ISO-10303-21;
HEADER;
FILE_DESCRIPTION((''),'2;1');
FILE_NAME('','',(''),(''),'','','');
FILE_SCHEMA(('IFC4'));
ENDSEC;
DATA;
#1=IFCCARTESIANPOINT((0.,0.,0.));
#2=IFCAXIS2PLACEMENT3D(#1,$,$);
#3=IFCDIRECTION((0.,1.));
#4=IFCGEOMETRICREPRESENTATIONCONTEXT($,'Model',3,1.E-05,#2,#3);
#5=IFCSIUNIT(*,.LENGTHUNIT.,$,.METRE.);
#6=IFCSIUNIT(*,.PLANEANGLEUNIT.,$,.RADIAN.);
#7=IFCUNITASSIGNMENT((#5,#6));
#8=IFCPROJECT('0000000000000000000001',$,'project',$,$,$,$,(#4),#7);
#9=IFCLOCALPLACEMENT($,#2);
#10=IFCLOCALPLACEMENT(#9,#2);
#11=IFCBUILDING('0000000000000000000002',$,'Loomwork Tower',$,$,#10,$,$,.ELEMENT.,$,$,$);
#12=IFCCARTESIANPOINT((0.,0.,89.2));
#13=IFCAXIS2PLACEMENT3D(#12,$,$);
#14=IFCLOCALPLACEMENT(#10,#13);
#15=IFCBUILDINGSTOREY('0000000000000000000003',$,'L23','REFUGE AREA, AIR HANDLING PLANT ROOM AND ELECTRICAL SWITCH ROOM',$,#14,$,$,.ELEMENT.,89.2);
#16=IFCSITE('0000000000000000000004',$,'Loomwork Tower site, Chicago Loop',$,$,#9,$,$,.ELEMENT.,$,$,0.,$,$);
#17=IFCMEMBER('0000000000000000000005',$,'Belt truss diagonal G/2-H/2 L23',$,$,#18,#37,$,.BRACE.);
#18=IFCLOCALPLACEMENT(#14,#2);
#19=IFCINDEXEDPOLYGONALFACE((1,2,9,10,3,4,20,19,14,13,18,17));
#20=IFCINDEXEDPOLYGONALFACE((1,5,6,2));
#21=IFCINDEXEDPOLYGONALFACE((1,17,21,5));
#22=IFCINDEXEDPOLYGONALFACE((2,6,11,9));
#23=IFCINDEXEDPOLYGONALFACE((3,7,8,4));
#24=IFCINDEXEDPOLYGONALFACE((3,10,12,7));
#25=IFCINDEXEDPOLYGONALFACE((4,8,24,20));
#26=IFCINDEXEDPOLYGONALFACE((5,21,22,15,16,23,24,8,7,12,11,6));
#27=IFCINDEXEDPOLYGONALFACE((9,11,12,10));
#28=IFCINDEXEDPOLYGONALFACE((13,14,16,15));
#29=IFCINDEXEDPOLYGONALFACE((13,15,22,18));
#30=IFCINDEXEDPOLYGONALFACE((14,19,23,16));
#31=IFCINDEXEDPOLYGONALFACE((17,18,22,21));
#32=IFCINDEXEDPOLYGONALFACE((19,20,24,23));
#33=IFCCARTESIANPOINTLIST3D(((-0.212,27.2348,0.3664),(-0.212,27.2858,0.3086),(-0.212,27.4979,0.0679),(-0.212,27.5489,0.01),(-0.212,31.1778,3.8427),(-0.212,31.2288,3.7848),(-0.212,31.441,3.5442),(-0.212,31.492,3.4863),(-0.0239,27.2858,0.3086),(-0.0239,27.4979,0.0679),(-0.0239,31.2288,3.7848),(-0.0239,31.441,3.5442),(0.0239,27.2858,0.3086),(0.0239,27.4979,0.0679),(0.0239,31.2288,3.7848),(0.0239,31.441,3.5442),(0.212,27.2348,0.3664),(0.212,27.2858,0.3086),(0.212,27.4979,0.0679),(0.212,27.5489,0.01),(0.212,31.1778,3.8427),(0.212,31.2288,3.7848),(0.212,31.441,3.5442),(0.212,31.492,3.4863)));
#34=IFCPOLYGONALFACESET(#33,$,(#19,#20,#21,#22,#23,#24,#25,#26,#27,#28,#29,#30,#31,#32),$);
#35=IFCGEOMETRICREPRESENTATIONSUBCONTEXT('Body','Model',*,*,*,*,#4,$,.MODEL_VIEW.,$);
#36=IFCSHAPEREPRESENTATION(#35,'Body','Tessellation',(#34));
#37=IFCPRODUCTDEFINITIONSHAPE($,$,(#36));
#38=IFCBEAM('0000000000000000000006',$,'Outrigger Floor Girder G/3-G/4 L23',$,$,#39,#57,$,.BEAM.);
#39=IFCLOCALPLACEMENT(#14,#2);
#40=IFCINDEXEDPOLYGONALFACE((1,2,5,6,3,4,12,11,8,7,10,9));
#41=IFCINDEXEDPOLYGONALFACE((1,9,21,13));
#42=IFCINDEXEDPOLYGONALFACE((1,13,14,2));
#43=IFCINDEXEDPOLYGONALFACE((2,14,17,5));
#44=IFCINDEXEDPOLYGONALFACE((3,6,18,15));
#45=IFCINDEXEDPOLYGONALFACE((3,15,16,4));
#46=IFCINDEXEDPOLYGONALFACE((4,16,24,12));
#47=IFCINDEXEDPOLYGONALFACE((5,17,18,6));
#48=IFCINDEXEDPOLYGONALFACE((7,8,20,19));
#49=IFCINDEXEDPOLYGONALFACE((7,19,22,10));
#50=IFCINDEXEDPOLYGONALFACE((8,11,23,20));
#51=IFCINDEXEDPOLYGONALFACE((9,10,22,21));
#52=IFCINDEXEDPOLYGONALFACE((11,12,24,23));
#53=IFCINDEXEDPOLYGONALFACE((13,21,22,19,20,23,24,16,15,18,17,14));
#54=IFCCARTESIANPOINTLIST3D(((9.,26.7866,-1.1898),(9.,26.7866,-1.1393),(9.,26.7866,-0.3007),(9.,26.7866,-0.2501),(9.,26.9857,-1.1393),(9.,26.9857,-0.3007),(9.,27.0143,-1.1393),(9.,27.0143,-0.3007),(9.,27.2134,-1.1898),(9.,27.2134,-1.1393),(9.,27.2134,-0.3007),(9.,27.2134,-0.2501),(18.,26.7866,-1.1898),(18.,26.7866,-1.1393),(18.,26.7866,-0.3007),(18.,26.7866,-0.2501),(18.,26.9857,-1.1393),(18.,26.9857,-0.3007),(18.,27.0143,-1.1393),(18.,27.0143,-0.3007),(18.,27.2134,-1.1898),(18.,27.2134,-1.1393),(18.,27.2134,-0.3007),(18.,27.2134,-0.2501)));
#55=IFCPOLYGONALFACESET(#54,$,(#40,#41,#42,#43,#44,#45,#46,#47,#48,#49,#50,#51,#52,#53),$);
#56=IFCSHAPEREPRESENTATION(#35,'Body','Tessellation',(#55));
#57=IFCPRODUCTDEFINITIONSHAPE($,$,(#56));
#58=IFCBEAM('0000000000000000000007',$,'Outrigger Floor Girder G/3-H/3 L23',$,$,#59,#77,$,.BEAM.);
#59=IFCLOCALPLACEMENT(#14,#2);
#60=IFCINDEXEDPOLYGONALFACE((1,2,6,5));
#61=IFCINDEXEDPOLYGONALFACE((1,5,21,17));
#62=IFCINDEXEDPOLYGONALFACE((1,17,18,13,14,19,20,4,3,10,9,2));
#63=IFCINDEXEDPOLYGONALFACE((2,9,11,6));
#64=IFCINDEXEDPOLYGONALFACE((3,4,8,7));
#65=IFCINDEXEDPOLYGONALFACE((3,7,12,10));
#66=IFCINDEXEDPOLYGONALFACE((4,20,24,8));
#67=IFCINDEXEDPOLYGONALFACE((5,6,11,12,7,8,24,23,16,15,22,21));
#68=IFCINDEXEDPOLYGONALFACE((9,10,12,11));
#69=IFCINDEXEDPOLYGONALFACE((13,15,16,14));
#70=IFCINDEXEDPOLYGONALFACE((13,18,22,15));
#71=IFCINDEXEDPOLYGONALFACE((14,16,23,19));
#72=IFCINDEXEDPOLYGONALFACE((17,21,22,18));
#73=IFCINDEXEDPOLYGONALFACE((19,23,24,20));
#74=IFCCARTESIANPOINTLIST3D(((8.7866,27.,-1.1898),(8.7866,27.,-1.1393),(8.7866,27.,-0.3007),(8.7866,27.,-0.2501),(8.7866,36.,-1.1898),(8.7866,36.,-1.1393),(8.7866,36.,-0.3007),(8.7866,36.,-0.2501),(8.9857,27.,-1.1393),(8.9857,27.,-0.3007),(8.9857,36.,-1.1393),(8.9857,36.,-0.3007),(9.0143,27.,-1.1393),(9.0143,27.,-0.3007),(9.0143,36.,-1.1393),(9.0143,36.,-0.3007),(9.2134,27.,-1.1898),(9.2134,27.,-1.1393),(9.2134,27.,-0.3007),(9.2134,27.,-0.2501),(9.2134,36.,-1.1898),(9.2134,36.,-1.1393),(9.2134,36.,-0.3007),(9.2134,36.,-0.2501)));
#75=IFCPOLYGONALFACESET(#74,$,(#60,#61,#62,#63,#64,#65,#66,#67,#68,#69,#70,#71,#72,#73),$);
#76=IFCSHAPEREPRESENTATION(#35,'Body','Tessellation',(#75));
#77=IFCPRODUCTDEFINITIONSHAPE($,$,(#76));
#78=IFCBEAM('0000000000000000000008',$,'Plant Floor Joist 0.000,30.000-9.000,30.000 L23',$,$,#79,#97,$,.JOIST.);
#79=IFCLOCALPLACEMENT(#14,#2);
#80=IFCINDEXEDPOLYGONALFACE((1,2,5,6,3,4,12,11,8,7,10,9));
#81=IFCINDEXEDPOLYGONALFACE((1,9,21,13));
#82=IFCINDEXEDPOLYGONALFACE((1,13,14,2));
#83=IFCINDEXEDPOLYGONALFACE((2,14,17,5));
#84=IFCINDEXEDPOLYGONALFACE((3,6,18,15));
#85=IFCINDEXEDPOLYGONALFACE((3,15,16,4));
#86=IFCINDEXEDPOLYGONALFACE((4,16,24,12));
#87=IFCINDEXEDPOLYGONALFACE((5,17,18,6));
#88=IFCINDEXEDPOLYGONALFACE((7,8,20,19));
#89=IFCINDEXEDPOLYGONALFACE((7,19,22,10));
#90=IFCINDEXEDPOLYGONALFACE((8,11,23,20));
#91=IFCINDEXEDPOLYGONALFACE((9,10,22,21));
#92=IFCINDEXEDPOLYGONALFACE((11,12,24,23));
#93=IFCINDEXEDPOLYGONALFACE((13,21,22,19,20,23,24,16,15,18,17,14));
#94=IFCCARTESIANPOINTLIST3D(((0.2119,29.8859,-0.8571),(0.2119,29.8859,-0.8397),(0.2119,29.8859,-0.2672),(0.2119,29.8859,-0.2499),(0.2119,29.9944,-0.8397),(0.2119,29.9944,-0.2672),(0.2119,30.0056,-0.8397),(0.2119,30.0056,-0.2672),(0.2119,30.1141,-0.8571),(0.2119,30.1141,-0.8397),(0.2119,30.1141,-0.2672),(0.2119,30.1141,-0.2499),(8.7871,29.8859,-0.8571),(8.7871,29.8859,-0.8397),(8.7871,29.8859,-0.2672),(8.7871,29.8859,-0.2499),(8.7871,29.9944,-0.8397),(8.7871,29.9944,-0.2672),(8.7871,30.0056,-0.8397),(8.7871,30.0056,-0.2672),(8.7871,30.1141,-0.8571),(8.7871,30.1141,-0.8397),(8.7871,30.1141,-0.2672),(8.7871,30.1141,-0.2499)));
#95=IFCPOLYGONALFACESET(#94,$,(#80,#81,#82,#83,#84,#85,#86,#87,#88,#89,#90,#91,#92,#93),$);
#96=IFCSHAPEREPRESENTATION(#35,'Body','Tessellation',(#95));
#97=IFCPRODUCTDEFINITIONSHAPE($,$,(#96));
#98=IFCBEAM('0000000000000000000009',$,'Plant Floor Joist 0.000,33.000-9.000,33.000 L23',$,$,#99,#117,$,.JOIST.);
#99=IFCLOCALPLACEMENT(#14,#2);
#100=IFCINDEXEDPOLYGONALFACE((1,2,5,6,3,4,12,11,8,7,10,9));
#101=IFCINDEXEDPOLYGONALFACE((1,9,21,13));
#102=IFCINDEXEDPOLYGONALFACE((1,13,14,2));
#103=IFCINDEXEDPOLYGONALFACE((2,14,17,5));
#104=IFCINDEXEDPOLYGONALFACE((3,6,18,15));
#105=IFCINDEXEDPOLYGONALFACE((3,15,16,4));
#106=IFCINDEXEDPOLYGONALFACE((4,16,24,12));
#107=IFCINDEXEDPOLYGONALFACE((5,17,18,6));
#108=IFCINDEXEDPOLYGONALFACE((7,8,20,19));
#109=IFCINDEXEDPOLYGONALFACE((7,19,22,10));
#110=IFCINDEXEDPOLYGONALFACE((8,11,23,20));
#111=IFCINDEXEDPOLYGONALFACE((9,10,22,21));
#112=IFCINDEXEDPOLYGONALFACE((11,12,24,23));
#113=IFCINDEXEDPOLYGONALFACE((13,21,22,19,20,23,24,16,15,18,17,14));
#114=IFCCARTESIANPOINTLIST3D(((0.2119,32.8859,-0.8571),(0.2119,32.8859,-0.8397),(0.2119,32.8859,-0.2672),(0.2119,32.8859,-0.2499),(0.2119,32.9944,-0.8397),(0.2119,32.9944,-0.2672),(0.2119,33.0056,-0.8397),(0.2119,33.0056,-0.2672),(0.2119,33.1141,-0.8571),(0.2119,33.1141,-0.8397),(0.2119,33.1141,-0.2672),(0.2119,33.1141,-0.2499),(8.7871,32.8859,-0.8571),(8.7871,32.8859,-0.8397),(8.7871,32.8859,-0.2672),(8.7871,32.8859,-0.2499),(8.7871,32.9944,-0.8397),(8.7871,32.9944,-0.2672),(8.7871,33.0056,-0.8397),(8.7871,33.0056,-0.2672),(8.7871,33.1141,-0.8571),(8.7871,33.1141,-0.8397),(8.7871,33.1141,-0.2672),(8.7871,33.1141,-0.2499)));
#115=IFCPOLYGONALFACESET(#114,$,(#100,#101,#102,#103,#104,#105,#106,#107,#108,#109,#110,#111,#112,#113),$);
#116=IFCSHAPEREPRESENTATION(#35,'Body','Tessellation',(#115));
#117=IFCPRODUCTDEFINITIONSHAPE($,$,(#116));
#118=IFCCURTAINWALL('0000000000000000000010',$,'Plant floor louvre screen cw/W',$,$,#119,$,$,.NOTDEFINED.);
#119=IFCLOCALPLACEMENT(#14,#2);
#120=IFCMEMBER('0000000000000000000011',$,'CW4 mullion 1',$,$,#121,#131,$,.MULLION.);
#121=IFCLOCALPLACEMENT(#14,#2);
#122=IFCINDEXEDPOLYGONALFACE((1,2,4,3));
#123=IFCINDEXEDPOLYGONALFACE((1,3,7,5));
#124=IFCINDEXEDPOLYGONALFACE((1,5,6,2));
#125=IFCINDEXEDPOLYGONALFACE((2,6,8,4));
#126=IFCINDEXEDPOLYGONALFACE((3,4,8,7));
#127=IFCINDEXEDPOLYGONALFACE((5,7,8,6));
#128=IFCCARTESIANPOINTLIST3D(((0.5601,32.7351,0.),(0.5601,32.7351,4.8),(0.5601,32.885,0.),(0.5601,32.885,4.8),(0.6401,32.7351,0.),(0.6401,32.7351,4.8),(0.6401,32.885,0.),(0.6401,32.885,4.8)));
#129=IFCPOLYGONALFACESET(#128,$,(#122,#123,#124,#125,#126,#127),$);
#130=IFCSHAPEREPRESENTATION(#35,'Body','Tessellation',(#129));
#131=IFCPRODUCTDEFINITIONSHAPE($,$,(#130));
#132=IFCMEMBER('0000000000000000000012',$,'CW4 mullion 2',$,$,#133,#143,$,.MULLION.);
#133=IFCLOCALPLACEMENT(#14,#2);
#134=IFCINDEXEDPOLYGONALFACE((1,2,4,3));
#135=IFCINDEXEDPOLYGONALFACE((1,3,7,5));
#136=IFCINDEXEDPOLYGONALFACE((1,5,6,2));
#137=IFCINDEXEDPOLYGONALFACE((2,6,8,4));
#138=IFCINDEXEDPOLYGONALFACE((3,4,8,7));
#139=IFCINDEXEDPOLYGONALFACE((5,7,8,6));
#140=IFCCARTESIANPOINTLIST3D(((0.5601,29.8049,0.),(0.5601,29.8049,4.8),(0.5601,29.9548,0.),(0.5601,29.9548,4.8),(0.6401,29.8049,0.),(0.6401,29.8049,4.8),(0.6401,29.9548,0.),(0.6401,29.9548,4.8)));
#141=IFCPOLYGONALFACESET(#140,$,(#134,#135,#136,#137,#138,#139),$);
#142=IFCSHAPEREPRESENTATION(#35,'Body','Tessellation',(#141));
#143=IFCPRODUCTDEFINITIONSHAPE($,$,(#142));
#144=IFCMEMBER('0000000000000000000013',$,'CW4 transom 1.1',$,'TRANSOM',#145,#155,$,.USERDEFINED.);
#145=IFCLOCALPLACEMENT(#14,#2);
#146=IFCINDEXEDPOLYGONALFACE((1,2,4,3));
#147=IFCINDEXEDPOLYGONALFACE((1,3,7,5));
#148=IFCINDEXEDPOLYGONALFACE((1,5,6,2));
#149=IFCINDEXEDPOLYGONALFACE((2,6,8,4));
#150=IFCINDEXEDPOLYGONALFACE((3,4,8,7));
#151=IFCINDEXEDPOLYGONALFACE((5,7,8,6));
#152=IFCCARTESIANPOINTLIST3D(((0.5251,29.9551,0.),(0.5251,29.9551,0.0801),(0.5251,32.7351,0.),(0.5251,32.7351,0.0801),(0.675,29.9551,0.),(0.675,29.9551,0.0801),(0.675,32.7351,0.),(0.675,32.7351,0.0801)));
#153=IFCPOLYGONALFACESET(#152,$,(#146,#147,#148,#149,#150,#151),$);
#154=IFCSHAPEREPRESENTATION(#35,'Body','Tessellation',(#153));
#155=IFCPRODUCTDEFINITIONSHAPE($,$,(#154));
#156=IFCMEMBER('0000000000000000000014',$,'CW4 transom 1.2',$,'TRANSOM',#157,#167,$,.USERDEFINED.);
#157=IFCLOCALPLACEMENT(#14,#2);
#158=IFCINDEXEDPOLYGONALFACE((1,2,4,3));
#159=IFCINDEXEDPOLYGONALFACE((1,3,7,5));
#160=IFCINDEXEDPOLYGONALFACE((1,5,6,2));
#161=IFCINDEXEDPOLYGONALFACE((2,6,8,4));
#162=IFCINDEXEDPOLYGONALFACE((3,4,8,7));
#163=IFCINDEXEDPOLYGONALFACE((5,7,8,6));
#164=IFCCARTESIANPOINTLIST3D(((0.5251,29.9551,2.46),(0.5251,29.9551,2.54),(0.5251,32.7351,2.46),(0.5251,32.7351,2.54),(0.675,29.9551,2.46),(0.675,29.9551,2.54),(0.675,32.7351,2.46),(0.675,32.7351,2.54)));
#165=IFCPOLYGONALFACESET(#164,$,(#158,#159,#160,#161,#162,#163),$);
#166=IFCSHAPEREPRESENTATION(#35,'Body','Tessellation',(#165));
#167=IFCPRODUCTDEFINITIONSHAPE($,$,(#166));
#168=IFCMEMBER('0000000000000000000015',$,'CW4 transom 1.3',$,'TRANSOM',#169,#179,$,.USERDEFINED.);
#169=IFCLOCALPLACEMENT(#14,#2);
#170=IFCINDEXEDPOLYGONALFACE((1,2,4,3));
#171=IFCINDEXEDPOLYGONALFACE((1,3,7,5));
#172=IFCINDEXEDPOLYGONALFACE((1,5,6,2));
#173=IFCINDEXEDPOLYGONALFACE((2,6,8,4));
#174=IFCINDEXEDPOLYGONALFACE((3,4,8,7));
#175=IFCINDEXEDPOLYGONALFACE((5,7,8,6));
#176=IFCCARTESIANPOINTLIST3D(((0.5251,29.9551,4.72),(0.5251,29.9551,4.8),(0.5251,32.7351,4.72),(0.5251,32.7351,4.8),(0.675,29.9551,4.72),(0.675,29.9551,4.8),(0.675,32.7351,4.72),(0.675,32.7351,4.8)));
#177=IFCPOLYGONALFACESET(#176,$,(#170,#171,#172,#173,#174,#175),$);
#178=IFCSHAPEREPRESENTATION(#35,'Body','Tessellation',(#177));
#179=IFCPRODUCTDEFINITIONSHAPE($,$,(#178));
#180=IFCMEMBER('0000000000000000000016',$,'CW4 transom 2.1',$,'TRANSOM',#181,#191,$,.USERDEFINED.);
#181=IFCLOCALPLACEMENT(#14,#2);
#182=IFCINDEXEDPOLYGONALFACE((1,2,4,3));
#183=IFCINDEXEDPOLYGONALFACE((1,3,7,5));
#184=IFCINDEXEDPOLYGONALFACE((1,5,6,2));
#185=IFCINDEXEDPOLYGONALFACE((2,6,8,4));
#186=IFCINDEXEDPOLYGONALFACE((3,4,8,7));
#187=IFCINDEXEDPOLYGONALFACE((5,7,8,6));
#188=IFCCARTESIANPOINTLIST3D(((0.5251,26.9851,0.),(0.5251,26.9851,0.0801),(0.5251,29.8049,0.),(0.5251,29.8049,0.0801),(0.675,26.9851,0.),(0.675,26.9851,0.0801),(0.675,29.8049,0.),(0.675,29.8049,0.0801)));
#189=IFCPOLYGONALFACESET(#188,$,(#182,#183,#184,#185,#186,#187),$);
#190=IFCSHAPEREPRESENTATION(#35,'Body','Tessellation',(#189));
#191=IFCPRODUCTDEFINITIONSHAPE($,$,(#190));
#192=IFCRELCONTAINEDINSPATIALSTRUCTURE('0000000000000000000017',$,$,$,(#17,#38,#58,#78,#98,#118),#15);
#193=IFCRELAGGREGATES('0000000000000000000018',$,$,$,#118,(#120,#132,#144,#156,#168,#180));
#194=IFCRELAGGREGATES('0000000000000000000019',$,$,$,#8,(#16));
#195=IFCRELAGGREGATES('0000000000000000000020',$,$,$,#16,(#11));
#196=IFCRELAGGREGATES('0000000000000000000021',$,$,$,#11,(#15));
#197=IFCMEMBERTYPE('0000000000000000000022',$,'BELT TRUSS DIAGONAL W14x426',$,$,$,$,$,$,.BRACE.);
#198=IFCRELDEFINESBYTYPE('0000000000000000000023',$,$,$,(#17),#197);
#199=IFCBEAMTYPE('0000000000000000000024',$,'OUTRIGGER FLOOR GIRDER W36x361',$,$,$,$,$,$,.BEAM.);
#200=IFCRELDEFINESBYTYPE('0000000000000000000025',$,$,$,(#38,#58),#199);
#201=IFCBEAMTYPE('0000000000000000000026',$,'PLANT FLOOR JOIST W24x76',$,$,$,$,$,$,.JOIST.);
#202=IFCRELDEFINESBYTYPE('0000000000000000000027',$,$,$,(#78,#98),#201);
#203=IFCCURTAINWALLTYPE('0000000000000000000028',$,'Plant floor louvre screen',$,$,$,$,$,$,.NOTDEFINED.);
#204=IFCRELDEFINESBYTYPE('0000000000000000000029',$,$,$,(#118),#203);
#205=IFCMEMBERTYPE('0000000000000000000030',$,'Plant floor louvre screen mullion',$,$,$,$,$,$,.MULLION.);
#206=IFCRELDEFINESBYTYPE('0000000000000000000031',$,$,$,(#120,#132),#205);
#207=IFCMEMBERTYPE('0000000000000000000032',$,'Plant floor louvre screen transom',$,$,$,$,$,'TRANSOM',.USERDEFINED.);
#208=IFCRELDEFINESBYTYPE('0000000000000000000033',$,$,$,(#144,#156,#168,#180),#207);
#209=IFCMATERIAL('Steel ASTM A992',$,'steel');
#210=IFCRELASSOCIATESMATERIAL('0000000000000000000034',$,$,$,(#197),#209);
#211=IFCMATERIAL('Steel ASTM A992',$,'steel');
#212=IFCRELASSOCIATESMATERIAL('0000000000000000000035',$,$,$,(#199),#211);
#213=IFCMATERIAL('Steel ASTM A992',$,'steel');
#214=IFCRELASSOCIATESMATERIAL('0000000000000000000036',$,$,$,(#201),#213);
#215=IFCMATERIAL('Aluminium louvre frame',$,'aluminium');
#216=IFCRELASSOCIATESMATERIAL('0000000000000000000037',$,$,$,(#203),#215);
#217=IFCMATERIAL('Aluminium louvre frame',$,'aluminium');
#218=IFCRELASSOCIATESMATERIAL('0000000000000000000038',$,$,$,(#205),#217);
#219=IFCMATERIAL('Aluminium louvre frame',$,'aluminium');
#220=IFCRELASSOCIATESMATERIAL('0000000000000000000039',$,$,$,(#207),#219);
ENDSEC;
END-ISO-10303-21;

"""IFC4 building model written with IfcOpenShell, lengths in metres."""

from ifc_helpers import new_model, si_unit, direction, frame, origin, origin_2d, place, context, subcontext, project, spatial, rectangle, i_section, extrude, material, material_profile, profile_set, type_object, element, aggregate, save


model = new_model("IFC4")

# Units and contexts
model_context = context("Model", 3, precision=1e-05, world=origin(), true_north=direction((0.0, 1.0)))
body_context = subcontext(model_context, "Body", "Model", "MODEL_VIEW")
ifc_project = project(units=[si_unit("LENGTHUNIT", "METRE"), si_unit("PLANEANGLEUNIT", "RADIAN")], contexts=[model_context])

# Site, building, storey
site_placement = place(None, origin())
site = spatial("IfcSite", under=ifc_project, at=site_placement, Name="Loomwork Tower site, Chicago Loop", CompositionType="ELEMENT", RefElevation=0.0)
building_placement = place(site_placement, origin())
building = spatial("IfcBuilding", under=site, at=building_placement, Name="Loomwork Tower", CompositionType="ELEMENT")
storey_placement = place(building_placement, frame((0.0, 0.0, 89.2)))
storey = spatial("IfcBuildingStorey", under=building, at=storey_placement, Name="L23", Description="REFUGE AREA, AIR HANDLING PLANT ROOM AND ELECTRICAL SWITCH ROOM", CompositionType="ELEMENT", Elevation=89.2)

# Member
ifc_material_1 = material(Name="Steel ASTM A992", Category="steel")
ifc_material_profile_1 = material_profile(ifc_material_1, i_section(OverallWidth=0.4241, OverallDepth=0.4751, WebThickness=0.0479, FlangeThickness=0.0771, at=origin_2d()), Name="W14x426")
ifc_profile_set_1 = profile_set([ifc_material_profile_1], Name="Steel ASTM A992")
member_type_1 = type_object("IfcMemberType", Name="BELT TRUSS DIAGONAL W14x426", PredefinedType="BRACE", material=ifc_profile_set_1)
member_1_placement = place(storey_placement, frame((0.0, 27.3918, 0.1882), z_axis=(0.0, 0.750112, 0.661311), x_axis=(-1.0, 0.0, 0.0)))
element("IfcMember", 1, at=member_1_placement, inside=storey, type_object=member_type_1, Name="Belt truss diagonal G/2-H/2 L23", PredefinedType="BRACE", context=body_context, shape_type="SweptSolid", body=[
    extrude(i_section(OverallWidth=0.4241, OverallDepth=0.4751, WebThickness=0.0479, FlangeThickness=0.0771, at=origin_2d()), origin(), (0.0, 0.0, 1.0), 5.2566),
])

# Beams
ifc_material_2 = material(Name="Steel ASTM A992", Category="steel")
ifc_material_profile_2 = material_profile(ifc_material_2, i_section(OverallWidth=0.4268, OverallDepth=0.9397, WebThickness=0.0286, FlangeThickness=0.0505, at=origin_2d()), Name="W36x361")
ifc_profile_set_2 = profile_set([ifc_material_profile_2], Name="Steel ASTM A992")
beam_type_1 = type_object("IfcBeamType", Name="OUTRIGGER FLOOR GIRDER W36x361", PredefinedType="BEAM", material=ifc_profile_set_2)
for number, where, z_axis, x_axis, name in (
    (2, (9.0, 27.0, -0.72), (1.0, 0.0, 0.0), (0.0, 1.0, 0.0), "Outrigger Floor Girder G/3-G/4 L23"),
    (3, (9.0, 27.0, -0.72), (0.0, 1.0, 0.0), (-1.0, 0.0, 0.0), "Outrigger Floor Girder G/3-H/3 L23"),
):
    element("IfcBeam", number, at=place(storey_placement, frame(where, z_axis=z_axis, x_axis=x_axis)), inside=storey, type_object=beam_type_1, Name=name, PredefinedType="BEAM", context=body_context, shape_type="SweptSolid", body=[
        extrude(i_section(OverallWidth=0.4268, OverallDepth=0.9397, WebThickness=0.0286, FlangeThickness=0.0505, at=origin_2d()), origin(), (0.0, 0.0, 1.0), 9.0),
    ])
ifc_material_3 = material(Name="Steel ASTM A992", Category="steel")
ifc_material_profile_3 = material_profile(ifc_material_3, i_section(OverallWidth=0.2283, OverallDepth=0.6072, WebThickness=0.0112, FlangeThickness=0.0173, at=origin_2d()), Name="W24x76")
ifc_profile_set_3 = profile_set([ifc_material_profile_3], Name="Steel ASTM A992")
beam_type_2 = type_object("IfcBeamType", Name="PLANT FLOOR JOIST W24x76", PredefinedType="JOIST", material=ifc_profile_set_3)
for number, where, z_axis, x_axis, name in (
    (4, (0.2119, 30.0, -0.5535), (1.0, 0.0, 0.0), (0.0, 1.0, 0.0), "Plant Floor Joist 0.000,30.000-9.000,30.000 L23"),
    (5, (0.2119, 33.0, -0.5535), (1.0, 0.0, 0.0), (0.0, 1.0, 0.0), "Plant Floor Joist 0.000,33.000-9.000,33.000 L23"),
):
    element("IfcBeam", number, at=place(storey_placement, frame(where, z_axis=z_axis, x_axis=x_axis)), inside=storey, type_object=beam_type_2, Name=name, PredefinedType="JOIST", context=body_context, shape_type="SweptSolid", body=[
        extrude(i_section(OverallWidth=0.2283, OverallDepth=0.6072, WebThickness=0.0112, FlangeThickness=0.0173, at=origin_2d()), origin(), (0.0, 0.0, 1.0), 8.5752),
    ])

# Curtain wall, members
ifc_material_4 = material(Name="Aluminium louvre frame", Category="aluminium")
curtain_wall_type = type_object("IfcCurtainWallType", Name="Plant floor louvre screen", PredefinedType="NOTDEFINED", material=ifc_material_4)
curtain_wall_placement = place(storey_placement, origin())
curtain_wall = element("IfcCurtainWall", 6, at=curtain_wall_placement, inside=storey, type_object=curtain_wall_type, Name="Plant floor louvre screen cw/W", PredefinedType="NOTDEFINED")
ifc_material_5 = material(Name="Aluminium louvre frame", Category="aluminium")
ifc_material_profile_4 = material_profile(ifc_material_5, rectangle(XDim=0.0801, YDim=0.1499, at=origin_2d()), Name="AL 80x150")
ifc_profile_set_4 = profile_set([ifc_material_profile_4], Name="Aluminium louvre frame")
member_type_2 = type_object("IfcMemberType", Name="Plant floor louvre screen mullion", PredefinedType="MULLION", material=ifc_profile_set_4)
member_2_placement = place(storey_placement, frame((0.6001, 32.8101, 0.0), z_axis=(0.0, 0.0, 1.0), x_axis=(1.0, 0.0, 0.0)))
member_2 = element("IfcMember", 7, at=member_2_placement, type_object=member_type_2, Name="CW4 mullion 1", PredefinedType="MULLION", context=body_context, shape_type="SweptSolid", body=[
    extrude(rectangle(XDim=0.0801, YDim=0.1499, at=origin_2d()), origin(), (0.0, 0.0, 1.0), 4.8),
])
member_3_placement = place(storey_placement, frame((0.6001, 29.8799, 0.0), z_axis=(0.0, 0.0, 1.0), x_axis=(1.0, 0.0, 0.0)))
member_3 = element("IfcMember", 8, at=member_3_placement, type_object=member_type_2, Name="CW4 mullion 2", PredefinedType="MULLION", context=body_context, shape_type="SweptSolid", body=[
    extrude(rectangle(XDim=0.0801, YDim=0.1499, at=origin_2d()), origin(), (0.0, 0.0, 1.0), 4.8),
])
ifc_material_6 = material(Name="Aluminium louvre frame", Category="aluminium")
ifc_material_profile_5 = material_profile(ifc_material_6, rectangle(XDim=0.1499, YDim=0.0801, at=origin_2d()), Name="AL 80x150")
ifc_profile_set_5 = profile_set([ifc_material_profile_5], Name="Aluminium louvre frame")
member_type_3 = type_object("IfcMemberType", Name="Plant floor louvre screen transom", ElementType="TRANSOM", PredefinedType="USERDEFINED", material=ifc_profile_set_5)
member_4_placement = place(storey_placement, frame((0.6001, 32.7351, 0.04), z_axis=(0.0, -1.0, 0.0), x_axis=(1.0, 0.0, 0.0)))
member_4 = element("IfcMember", 9, at=member_4_placement, type_object=member_type_3, Name="CW4 transom 1.1", ObjectType="TRANSOM", PredefinedType="USERDEFINED", context=body_context, shape_type="SweptSolid", body=[
    extrude(rectangle(XDim=0.1499, YDim=0.0801, at=origin_2d()), origin(), (0.0, 0.0, 1.0), 2.78),
])
member_5_placement = place(storey_placement, frame((0.6001, 32.7351, 2.5), z_axis=(0.0, -1.0, 0.0), x_axis=(1.0, 0.0, 0.0)))
member_5 = element("IfcMember", 10, at=member_5_placement, type_object=member_type_3, Name="CW4 transom 1.2", ObjectType="TRANSOM", PredefinedType="USERDEFINED", context=body_context, shape_type="SweptSolid", body=[
    extrude(rectangle(XDim=0.1499, YDim=0.0801, at=origin_2d()), origin(), (0.0, 0.0, 1.0), 2.78),
])
member_6_placement = place(storey_placement, frame((0.6001, 32.7351, 4.76), z_axis=(0.0, -1.0, 0.0), x_axis=(1.0, 0.0, 0.0)))
member_6 = element("IfcMember", 11, at=member_6_placement, type_object=member_type_3, Name="CW4 transom 1.3", ObjectType="TRANSOM", PredefinedType="USERDEFINED", context=body_context, shape_type="SweptSolid", body=[
    extrude(rectangle(XDim=0.1499, YDim=0.0801, at=origin_2d()), origin(), (0.0, 0.0, 1.0), 2.78),
])
member_7_placement = place(storey_placement, frame((0.6001, 29.8049, 0.04), z_axis=(0.0, -1.0, 0.0), x_axis=(1.0, 0.0, 0.0)))
member_7 = element("IfcMember", 12, at=member_7_placement, type_object=member_type_3, Name="CW4 transom 2.1", ObjectType="TRANSOM", PredefinedType="USERDEFINED", context=body_context, shape_type="SweptSolid", body=[
    extrude(rectangle(XDim=0.1499, YDim=0.0801, at=origin_2d()), origin(), (0.0, 0.0, 1.0), 2.8198),
])
aggregate(curtain_wall, [member_2, member_3, member_4, member_5, member_6, member_7])

save(model, "model.ifc")
